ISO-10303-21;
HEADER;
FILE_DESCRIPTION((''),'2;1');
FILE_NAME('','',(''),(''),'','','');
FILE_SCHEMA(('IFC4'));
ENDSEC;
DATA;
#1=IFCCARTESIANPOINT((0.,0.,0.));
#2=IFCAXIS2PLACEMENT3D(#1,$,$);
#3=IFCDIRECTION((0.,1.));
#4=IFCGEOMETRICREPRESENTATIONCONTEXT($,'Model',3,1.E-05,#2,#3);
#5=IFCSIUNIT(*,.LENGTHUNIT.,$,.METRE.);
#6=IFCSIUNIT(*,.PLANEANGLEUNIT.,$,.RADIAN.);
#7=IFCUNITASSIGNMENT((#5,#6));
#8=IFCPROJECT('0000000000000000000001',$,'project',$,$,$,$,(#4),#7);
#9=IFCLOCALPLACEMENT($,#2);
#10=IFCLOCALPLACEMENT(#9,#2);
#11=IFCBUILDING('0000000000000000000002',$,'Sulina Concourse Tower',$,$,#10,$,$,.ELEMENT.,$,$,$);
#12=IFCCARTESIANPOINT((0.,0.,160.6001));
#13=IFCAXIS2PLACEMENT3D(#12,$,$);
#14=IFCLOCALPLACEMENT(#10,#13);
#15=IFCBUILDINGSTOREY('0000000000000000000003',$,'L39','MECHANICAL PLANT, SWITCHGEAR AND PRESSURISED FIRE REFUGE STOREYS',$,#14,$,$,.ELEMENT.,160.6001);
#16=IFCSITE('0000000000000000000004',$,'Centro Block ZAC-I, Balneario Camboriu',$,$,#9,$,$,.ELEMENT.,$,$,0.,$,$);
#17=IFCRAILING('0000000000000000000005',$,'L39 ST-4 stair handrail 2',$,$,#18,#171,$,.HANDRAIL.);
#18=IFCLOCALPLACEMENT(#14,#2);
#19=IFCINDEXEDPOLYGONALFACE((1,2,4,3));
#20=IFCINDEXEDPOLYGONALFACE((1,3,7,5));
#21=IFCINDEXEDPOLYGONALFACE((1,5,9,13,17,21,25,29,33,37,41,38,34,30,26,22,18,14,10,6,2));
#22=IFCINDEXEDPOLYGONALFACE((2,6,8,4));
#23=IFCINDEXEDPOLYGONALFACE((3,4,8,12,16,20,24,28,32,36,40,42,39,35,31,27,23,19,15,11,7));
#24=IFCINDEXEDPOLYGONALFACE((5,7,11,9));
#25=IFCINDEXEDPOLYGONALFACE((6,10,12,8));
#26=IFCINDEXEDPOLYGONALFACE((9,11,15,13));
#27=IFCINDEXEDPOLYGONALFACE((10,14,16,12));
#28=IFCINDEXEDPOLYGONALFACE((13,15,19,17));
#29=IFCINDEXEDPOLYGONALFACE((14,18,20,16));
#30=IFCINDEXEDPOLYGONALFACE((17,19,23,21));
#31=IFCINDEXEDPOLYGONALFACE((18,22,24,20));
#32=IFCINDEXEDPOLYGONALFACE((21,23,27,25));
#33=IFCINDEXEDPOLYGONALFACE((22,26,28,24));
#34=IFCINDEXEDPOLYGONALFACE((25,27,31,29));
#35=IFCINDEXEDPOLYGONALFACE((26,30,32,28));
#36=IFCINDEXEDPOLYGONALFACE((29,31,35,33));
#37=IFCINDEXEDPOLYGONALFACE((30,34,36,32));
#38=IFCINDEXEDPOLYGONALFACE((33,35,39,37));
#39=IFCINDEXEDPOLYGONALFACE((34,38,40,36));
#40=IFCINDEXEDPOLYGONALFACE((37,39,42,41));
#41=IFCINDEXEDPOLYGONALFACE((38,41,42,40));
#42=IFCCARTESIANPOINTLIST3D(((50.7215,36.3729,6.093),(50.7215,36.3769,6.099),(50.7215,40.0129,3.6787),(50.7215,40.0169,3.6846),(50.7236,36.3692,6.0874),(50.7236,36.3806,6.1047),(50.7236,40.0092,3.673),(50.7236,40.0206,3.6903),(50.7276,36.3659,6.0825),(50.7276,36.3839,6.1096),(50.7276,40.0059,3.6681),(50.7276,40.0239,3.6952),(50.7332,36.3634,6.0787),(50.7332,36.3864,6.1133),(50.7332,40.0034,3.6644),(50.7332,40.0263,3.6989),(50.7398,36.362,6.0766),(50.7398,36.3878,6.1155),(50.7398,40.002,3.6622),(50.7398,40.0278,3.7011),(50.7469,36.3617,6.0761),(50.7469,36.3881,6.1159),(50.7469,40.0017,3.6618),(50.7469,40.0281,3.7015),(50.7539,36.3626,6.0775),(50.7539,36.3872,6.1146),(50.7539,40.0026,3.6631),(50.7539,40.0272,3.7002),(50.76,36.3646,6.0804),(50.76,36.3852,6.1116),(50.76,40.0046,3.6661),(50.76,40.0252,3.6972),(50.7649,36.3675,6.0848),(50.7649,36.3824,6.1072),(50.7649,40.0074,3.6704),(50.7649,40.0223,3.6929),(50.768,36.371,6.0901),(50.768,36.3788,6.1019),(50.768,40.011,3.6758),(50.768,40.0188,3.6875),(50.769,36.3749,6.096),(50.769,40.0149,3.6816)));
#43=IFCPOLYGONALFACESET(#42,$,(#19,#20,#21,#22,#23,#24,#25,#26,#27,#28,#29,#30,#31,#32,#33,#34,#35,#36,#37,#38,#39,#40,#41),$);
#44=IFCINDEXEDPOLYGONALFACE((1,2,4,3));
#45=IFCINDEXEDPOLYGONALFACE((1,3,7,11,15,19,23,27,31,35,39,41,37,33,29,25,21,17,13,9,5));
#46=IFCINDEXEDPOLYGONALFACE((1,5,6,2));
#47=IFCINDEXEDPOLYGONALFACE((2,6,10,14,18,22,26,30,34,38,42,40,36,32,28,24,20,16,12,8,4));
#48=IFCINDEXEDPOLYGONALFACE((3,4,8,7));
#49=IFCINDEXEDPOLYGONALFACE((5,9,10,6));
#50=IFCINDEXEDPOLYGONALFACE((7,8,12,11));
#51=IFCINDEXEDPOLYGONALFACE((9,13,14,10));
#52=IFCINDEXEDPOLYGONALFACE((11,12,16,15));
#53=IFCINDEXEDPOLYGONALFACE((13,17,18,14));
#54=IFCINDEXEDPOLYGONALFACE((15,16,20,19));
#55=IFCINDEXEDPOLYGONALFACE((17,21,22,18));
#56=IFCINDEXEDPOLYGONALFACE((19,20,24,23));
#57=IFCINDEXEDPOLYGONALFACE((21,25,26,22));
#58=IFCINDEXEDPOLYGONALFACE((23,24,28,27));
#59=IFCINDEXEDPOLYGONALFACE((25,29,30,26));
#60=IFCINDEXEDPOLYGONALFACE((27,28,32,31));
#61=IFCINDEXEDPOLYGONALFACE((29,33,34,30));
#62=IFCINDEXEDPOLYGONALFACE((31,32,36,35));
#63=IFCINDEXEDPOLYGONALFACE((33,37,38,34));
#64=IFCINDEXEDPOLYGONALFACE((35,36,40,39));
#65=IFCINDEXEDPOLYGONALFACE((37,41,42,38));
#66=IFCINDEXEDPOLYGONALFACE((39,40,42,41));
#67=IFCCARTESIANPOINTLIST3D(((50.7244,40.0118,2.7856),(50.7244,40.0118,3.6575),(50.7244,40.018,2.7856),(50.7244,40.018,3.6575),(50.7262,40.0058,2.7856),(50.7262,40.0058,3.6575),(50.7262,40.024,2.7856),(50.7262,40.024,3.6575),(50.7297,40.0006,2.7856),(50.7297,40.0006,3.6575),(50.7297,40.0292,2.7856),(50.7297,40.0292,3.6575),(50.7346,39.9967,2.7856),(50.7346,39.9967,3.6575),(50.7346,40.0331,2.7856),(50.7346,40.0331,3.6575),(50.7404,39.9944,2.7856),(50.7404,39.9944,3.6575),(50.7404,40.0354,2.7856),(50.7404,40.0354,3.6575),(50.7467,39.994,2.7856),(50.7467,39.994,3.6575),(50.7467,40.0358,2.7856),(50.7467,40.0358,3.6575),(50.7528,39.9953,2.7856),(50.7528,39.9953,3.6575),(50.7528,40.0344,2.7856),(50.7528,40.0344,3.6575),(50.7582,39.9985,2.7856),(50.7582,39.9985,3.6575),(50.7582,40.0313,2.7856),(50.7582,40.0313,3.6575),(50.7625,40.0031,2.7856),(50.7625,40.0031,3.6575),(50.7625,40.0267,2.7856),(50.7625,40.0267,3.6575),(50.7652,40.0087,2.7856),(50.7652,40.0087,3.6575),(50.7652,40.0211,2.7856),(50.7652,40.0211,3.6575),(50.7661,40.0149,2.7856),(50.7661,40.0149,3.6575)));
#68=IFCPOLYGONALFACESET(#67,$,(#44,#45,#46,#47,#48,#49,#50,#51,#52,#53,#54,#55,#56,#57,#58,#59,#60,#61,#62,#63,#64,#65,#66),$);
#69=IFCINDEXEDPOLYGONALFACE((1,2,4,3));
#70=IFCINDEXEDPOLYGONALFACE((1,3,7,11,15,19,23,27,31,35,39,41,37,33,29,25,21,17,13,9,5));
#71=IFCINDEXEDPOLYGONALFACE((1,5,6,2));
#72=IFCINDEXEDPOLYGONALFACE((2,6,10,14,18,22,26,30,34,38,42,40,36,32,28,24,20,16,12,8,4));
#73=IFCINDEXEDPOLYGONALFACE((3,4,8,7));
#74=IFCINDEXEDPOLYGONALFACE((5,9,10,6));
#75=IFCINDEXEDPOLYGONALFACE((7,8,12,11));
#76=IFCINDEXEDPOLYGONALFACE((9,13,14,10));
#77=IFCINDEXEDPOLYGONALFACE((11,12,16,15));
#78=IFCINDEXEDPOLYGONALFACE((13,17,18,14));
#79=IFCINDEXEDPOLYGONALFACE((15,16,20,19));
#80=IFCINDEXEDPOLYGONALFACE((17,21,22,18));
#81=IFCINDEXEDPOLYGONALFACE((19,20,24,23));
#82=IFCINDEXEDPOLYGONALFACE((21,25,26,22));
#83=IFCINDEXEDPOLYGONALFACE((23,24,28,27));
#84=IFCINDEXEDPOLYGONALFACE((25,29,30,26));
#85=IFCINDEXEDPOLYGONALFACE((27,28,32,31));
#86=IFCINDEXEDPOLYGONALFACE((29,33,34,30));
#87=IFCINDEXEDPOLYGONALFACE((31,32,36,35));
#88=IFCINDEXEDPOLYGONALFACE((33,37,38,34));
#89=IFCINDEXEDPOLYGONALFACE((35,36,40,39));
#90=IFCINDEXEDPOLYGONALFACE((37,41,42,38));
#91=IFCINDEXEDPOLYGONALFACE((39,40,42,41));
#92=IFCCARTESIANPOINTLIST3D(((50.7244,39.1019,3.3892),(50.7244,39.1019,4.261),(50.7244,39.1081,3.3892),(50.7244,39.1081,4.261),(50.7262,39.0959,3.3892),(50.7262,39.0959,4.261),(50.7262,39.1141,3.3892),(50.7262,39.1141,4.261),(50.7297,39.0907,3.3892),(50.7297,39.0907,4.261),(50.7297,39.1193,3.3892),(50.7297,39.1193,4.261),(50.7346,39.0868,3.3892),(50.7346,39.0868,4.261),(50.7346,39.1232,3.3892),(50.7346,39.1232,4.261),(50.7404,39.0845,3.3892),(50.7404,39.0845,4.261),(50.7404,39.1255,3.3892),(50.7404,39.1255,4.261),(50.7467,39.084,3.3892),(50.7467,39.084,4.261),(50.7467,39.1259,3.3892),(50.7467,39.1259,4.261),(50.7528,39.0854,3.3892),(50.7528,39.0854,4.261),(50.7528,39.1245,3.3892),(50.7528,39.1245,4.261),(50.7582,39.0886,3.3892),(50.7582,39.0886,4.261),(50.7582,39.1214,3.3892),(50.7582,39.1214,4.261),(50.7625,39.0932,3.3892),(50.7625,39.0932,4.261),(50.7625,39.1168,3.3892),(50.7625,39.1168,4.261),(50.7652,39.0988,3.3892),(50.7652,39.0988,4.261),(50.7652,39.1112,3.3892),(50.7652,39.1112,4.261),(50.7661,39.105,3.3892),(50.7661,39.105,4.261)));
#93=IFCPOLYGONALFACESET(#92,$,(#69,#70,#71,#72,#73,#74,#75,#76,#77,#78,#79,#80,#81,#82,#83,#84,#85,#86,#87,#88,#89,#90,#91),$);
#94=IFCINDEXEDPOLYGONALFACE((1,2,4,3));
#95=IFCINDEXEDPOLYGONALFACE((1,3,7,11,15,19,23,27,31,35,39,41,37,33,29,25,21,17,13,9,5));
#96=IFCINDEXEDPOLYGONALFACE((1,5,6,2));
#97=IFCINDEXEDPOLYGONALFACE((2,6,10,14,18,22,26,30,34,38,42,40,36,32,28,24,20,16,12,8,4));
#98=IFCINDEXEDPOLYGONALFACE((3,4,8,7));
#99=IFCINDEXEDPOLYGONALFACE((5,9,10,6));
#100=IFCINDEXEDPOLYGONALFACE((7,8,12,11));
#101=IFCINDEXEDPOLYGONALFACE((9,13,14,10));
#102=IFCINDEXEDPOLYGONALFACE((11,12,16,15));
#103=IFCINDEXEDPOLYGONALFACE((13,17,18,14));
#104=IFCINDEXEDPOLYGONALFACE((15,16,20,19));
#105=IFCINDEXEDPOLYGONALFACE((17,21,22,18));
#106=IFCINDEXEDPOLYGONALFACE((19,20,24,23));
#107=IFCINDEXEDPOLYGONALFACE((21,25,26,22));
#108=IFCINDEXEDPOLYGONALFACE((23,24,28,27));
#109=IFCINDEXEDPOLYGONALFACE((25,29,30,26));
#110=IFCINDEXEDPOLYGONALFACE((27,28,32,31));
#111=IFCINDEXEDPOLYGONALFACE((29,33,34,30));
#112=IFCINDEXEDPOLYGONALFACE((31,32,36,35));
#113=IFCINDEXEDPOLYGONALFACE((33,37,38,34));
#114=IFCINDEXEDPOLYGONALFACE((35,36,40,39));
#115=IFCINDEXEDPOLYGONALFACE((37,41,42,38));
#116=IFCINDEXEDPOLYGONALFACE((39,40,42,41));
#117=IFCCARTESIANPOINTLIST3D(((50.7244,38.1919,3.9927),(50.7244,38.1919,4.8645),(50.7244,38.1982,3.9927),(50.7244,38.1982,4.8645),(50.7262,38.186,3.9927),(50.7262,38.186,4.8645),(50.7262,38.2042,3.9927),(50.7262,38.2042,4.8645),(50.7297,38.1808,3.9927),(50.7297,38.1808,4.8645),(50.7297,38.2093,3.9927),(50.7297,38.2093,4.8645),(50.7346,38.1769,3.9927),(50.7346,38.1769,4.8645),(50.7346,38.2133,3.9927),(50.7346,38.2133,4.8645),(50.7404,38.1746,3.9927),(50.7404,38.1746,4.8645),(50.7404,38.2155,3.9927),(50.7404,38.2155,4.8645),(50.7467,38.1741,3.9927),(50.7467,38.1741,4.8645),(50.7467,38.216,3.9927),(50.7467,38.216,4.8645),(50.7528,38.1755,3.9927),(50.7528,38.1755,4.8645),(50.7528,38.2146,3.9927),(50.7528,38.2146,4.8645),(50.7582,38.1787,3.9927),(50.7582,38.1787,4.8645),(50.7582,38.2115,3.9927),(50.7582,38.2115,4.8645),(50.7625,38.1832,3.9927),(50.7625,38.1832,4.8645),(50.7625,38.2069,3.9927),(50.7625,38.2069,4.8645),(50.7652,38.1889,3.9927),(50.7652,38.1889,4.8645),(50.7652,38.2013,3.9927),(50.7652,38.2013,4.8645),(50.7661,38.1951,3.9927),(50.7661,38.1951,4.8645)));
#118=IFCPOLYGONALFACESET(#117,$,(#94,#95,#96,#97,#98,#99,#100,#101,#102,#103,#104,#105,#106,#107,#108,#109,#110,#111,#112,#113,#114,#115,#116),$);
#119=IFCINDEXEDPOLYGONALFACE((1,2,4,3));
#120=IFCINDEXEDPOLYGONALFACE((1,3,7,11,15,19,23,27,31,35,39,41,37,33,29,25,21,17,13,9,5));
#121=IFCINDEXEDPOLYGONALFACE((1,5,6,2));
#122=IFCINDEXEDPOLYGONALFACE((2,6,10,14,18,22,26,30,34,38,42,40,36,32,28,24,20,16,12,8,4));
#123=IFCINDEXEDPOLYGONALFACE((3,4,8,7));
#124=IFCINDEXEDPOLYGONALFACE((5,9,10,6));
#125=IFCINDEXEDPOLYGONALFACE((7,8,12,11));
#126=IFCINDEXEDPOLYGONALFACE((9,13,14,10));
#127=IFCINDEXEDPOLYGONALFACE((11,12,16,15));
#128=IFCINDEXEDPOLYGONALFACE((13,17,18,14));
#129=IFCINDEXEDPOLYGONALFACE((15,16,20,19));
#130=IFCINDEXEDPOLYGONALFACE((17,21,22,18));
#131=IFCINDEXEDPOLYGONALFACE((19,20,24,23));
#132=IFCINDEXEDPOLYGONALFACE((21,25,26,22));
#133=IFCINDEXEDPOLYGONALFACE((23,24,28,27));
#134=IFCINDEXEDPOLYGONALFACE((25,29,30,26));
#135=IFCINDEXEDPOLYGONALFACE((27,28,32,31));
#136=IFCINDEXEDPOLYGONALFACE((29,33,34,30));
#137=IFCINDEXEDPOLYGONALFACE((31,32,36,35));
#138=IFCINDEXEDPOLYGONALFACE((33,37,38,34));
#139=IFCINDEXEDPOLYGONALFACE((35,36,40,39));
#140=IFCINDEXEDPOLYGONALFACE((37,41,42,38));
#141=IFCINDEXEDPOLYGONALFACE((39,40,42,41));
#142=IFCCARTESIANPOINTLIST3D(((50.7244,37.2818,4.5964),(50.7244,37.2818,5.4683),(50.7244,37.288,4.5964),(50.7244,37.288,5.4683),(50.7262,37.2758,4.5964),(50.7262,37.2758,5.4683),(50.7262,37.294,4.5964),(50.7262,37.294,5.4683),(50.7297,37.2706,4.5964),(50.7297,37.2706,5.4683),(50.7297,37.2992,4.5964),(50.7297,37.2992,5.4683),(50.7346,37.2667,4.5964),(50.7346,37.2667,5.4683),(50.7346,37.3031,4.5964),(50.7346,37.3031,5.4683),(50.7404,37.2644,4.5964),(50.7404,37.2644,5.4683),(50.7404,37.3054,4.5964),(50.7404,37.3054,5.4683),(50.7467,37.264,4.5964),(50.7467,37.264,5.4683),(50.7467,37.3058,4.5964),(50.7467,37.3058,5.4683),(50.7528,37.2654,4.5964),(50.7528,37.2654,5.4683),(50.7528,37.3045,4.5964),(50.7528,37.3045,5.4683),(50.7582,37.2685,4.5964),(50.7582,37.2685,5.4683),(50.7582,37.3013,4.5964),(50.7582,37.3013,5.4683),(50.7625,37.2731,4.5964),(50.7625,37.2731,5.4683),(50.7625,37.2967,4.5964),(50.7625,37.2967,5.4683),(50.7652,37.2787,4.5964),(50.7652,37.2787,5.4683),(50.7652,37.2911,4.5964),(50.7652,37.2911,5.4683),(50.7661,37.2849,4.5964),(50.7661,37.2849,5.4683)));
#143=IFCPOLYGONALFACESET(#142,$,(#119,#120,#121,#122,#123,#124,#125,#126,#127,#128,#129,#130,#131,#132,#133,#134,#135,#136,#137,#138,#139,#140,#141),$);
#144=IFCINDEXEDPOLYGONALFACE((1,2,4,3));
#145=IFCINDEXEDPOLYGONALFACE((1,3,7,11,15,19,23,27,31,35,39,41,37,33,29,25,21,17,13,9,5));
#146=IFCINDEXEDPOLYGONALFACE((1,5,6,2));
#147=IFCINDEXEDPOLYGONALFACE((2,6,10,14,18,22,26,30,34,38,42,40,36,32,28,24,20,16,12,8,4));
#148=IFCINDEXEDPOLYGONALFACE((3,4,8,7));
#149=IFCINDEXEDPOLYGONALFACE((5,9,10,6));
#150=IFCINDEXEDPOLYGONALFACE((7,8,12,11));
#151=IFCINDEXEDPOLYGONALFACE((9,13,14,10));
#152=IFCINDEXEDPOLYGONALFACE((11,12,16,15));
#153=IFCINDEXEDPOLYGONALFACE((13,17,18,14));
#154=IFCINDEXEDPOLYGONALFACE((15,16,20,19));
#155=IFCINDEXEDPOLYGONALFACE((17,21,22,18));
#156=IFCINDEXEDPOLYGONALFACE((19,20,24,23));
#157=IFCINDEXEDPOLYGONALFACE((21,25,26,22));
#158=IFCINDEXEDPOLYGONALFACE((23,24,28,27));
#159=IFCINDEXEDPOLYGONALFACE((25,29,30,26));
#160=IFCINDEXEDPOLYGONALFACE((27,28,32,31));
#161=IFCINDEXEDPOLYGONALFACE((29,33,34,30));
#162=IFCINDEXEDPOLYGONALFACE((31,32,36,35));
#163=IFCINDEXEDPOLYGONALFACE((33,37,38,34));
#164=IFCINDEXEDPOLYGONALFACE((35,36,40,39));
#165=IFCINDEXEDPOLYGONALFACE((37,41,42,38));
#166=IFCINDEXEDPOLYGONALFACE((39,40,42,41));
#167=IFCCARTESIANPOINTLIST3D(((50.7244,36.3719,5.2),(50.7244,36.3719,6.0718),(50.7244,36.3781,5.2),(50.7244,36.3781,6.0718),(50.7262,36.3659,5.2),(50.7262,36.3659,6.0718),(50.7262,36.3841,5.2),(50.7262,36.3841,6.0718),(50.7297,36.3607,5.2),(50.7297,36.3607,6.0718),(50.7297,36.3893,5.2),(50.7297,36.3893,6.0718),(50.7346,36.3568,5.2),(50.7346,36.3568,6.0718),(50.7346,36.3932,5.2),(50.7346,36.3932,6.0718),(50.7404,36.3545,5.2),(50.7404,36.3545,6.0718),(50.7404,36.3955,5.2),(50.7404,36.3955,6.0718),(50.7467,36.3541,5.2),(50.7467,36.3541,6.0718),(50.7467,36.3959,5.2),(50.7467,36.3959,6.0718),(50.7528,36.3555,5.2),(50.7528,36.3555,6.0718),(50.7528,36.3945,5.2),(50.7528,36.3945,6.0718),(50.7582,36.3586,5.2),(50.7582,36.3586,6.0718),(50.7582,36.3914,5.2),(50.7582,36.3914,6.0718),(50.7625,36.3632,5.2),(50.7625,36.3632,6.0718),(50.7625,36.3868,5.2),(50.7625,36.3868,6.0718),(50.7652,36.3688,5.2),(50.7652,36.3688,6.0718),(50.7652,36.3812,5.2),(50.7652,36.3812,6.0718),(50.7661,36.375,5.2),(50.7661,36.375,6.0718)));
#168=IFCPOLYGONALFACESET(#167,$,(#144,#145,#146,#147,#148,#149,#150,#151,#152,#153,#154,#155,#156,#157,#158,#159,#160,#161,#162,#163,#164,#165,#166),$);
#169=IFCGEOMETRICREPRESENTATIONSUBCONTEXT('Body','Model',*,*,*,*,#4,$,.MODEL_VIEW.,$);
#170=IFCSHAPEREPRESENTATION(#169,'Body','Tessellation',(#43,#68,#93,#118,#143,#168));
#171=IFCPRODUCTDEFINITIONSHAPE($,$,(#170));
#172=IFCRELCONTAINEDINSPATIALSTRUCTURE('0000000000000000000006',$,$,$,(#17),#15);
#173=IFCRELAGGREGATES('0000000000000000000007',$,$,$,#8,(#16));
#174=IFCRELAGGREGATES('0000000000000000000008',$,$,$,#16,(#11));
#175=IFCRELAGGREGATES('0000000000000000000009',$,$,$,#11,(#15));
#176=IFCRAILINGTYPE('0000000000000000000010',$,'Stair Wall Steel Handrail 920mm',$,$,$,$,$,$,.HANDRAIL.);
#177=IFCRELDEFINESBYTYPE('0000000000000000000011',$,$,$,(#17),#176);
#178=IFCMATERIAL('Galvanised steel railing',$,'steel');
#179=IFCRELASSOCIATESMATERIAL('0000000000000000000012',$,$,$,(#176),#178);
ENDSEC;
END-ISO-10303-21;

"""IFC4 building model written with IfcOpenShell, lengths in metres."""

from ifc_helpers import new_model, si_unit, direction, frame, origin, origin_2d, place, context, subcontext, project, spatial, circle, extrude, material, type_object, element, save


model = new_model("IFC4")

# Units and contexts
model_context = context("Model", 3, precision=1e-05, world=origin(), true_north=direction((0.0, 1.0)))
body_context = subcontext(model_context, "Body", "Model", "MODEL_VIEW")
ifc_project = project(units=[si_unit("LENGTHUNIT", "METRE"), si_unit("PLANEANGLEUNIT", "RADIAN")], contexts=[model_context])

# Site, building, storey
site_placement = place(None, origin())
site = spatial("IfcSite", under=ifc_project, at=site_placement, Name="Centro Block ZAC-I, Balneario Camboriu", CompositionType="ELEMENT", RefElevation=0.0)
building_placement = place(site_placement, origin())
building = spatial("IfcBuilding", under=site, at=building_placement, Name="Sulina Concourse Tower", CompositionType="ELEMENT")
storey_placement = place(building_placement, frame((0.0, 0.0, 160.6001)))
storey = spatial("IfcBuildingStorey", under=building, at=storey_placement, Name="L39", Description="MECHANICAL PLANT, SWITCHGEAR AND PRESSURISED FIRE REFUGE STOREYS", CompositionType="ELEMENT", Elevation=160.6001)

# Railing
ifc_material_1 = material(Name="Galvanised steel railing", Category="steel")
railing_type_1 = type_object("IfcRailingType", Name="Stair Wall Steel Handrail 920mm", PredefinedType="HANDRAIL", material=ifc_material_1)
railing_1_placement = place(storey_placement, frame((50.7451, 40.0149, 2.7856)))
element("IfcRailing", 1, at=railing_1_placement, inside=storey, type_object=railing_type_1, Name="L39 ST-4 stair handrail 2", PredefinedType="HANDRAIL", context=body_context, shape_type="SweptSolid", body=[
    extrude(circle(Radius=0.0239, at=origin_2d()), frame((0.0, 0.0, 0.896), z_axis=(0.0, -0.833347, 0.552751), x_axis=(1.0, 0.0, 0.0)), (0.0, 0.0, 1.0), 4.3679),
    extrude(circle(Radius=0.021, at=origin_2d()), origin(), (0.0, 0.0, 1.0), 0.8718),
    extrude(circle(Radius=0.021, at=origin_2d()), frame((0.0, -0.9099, 0.6035)), (0.0, 0.0, 1.0), 0.8718),
    extrude(circle(Radius=0.021, at=origin_2d()), frame((0.0, -1.8198, 1.207)), (0.0, 0.0, 1.0), 0.8718),
    extrude(circle(Radius=0.021, at=origin_2d()), frame((0.0, -2.73, 1.8108)), (0.0, 0.0, 1.0), 0.8718),
    extrude(circle(Radius=0.021, at=origin_2d()), frame((0.0, -3.6399, 2.4143)), (0.0, 0.0, 1.0), 0.8718),
])

save(model, "model.ifc")
